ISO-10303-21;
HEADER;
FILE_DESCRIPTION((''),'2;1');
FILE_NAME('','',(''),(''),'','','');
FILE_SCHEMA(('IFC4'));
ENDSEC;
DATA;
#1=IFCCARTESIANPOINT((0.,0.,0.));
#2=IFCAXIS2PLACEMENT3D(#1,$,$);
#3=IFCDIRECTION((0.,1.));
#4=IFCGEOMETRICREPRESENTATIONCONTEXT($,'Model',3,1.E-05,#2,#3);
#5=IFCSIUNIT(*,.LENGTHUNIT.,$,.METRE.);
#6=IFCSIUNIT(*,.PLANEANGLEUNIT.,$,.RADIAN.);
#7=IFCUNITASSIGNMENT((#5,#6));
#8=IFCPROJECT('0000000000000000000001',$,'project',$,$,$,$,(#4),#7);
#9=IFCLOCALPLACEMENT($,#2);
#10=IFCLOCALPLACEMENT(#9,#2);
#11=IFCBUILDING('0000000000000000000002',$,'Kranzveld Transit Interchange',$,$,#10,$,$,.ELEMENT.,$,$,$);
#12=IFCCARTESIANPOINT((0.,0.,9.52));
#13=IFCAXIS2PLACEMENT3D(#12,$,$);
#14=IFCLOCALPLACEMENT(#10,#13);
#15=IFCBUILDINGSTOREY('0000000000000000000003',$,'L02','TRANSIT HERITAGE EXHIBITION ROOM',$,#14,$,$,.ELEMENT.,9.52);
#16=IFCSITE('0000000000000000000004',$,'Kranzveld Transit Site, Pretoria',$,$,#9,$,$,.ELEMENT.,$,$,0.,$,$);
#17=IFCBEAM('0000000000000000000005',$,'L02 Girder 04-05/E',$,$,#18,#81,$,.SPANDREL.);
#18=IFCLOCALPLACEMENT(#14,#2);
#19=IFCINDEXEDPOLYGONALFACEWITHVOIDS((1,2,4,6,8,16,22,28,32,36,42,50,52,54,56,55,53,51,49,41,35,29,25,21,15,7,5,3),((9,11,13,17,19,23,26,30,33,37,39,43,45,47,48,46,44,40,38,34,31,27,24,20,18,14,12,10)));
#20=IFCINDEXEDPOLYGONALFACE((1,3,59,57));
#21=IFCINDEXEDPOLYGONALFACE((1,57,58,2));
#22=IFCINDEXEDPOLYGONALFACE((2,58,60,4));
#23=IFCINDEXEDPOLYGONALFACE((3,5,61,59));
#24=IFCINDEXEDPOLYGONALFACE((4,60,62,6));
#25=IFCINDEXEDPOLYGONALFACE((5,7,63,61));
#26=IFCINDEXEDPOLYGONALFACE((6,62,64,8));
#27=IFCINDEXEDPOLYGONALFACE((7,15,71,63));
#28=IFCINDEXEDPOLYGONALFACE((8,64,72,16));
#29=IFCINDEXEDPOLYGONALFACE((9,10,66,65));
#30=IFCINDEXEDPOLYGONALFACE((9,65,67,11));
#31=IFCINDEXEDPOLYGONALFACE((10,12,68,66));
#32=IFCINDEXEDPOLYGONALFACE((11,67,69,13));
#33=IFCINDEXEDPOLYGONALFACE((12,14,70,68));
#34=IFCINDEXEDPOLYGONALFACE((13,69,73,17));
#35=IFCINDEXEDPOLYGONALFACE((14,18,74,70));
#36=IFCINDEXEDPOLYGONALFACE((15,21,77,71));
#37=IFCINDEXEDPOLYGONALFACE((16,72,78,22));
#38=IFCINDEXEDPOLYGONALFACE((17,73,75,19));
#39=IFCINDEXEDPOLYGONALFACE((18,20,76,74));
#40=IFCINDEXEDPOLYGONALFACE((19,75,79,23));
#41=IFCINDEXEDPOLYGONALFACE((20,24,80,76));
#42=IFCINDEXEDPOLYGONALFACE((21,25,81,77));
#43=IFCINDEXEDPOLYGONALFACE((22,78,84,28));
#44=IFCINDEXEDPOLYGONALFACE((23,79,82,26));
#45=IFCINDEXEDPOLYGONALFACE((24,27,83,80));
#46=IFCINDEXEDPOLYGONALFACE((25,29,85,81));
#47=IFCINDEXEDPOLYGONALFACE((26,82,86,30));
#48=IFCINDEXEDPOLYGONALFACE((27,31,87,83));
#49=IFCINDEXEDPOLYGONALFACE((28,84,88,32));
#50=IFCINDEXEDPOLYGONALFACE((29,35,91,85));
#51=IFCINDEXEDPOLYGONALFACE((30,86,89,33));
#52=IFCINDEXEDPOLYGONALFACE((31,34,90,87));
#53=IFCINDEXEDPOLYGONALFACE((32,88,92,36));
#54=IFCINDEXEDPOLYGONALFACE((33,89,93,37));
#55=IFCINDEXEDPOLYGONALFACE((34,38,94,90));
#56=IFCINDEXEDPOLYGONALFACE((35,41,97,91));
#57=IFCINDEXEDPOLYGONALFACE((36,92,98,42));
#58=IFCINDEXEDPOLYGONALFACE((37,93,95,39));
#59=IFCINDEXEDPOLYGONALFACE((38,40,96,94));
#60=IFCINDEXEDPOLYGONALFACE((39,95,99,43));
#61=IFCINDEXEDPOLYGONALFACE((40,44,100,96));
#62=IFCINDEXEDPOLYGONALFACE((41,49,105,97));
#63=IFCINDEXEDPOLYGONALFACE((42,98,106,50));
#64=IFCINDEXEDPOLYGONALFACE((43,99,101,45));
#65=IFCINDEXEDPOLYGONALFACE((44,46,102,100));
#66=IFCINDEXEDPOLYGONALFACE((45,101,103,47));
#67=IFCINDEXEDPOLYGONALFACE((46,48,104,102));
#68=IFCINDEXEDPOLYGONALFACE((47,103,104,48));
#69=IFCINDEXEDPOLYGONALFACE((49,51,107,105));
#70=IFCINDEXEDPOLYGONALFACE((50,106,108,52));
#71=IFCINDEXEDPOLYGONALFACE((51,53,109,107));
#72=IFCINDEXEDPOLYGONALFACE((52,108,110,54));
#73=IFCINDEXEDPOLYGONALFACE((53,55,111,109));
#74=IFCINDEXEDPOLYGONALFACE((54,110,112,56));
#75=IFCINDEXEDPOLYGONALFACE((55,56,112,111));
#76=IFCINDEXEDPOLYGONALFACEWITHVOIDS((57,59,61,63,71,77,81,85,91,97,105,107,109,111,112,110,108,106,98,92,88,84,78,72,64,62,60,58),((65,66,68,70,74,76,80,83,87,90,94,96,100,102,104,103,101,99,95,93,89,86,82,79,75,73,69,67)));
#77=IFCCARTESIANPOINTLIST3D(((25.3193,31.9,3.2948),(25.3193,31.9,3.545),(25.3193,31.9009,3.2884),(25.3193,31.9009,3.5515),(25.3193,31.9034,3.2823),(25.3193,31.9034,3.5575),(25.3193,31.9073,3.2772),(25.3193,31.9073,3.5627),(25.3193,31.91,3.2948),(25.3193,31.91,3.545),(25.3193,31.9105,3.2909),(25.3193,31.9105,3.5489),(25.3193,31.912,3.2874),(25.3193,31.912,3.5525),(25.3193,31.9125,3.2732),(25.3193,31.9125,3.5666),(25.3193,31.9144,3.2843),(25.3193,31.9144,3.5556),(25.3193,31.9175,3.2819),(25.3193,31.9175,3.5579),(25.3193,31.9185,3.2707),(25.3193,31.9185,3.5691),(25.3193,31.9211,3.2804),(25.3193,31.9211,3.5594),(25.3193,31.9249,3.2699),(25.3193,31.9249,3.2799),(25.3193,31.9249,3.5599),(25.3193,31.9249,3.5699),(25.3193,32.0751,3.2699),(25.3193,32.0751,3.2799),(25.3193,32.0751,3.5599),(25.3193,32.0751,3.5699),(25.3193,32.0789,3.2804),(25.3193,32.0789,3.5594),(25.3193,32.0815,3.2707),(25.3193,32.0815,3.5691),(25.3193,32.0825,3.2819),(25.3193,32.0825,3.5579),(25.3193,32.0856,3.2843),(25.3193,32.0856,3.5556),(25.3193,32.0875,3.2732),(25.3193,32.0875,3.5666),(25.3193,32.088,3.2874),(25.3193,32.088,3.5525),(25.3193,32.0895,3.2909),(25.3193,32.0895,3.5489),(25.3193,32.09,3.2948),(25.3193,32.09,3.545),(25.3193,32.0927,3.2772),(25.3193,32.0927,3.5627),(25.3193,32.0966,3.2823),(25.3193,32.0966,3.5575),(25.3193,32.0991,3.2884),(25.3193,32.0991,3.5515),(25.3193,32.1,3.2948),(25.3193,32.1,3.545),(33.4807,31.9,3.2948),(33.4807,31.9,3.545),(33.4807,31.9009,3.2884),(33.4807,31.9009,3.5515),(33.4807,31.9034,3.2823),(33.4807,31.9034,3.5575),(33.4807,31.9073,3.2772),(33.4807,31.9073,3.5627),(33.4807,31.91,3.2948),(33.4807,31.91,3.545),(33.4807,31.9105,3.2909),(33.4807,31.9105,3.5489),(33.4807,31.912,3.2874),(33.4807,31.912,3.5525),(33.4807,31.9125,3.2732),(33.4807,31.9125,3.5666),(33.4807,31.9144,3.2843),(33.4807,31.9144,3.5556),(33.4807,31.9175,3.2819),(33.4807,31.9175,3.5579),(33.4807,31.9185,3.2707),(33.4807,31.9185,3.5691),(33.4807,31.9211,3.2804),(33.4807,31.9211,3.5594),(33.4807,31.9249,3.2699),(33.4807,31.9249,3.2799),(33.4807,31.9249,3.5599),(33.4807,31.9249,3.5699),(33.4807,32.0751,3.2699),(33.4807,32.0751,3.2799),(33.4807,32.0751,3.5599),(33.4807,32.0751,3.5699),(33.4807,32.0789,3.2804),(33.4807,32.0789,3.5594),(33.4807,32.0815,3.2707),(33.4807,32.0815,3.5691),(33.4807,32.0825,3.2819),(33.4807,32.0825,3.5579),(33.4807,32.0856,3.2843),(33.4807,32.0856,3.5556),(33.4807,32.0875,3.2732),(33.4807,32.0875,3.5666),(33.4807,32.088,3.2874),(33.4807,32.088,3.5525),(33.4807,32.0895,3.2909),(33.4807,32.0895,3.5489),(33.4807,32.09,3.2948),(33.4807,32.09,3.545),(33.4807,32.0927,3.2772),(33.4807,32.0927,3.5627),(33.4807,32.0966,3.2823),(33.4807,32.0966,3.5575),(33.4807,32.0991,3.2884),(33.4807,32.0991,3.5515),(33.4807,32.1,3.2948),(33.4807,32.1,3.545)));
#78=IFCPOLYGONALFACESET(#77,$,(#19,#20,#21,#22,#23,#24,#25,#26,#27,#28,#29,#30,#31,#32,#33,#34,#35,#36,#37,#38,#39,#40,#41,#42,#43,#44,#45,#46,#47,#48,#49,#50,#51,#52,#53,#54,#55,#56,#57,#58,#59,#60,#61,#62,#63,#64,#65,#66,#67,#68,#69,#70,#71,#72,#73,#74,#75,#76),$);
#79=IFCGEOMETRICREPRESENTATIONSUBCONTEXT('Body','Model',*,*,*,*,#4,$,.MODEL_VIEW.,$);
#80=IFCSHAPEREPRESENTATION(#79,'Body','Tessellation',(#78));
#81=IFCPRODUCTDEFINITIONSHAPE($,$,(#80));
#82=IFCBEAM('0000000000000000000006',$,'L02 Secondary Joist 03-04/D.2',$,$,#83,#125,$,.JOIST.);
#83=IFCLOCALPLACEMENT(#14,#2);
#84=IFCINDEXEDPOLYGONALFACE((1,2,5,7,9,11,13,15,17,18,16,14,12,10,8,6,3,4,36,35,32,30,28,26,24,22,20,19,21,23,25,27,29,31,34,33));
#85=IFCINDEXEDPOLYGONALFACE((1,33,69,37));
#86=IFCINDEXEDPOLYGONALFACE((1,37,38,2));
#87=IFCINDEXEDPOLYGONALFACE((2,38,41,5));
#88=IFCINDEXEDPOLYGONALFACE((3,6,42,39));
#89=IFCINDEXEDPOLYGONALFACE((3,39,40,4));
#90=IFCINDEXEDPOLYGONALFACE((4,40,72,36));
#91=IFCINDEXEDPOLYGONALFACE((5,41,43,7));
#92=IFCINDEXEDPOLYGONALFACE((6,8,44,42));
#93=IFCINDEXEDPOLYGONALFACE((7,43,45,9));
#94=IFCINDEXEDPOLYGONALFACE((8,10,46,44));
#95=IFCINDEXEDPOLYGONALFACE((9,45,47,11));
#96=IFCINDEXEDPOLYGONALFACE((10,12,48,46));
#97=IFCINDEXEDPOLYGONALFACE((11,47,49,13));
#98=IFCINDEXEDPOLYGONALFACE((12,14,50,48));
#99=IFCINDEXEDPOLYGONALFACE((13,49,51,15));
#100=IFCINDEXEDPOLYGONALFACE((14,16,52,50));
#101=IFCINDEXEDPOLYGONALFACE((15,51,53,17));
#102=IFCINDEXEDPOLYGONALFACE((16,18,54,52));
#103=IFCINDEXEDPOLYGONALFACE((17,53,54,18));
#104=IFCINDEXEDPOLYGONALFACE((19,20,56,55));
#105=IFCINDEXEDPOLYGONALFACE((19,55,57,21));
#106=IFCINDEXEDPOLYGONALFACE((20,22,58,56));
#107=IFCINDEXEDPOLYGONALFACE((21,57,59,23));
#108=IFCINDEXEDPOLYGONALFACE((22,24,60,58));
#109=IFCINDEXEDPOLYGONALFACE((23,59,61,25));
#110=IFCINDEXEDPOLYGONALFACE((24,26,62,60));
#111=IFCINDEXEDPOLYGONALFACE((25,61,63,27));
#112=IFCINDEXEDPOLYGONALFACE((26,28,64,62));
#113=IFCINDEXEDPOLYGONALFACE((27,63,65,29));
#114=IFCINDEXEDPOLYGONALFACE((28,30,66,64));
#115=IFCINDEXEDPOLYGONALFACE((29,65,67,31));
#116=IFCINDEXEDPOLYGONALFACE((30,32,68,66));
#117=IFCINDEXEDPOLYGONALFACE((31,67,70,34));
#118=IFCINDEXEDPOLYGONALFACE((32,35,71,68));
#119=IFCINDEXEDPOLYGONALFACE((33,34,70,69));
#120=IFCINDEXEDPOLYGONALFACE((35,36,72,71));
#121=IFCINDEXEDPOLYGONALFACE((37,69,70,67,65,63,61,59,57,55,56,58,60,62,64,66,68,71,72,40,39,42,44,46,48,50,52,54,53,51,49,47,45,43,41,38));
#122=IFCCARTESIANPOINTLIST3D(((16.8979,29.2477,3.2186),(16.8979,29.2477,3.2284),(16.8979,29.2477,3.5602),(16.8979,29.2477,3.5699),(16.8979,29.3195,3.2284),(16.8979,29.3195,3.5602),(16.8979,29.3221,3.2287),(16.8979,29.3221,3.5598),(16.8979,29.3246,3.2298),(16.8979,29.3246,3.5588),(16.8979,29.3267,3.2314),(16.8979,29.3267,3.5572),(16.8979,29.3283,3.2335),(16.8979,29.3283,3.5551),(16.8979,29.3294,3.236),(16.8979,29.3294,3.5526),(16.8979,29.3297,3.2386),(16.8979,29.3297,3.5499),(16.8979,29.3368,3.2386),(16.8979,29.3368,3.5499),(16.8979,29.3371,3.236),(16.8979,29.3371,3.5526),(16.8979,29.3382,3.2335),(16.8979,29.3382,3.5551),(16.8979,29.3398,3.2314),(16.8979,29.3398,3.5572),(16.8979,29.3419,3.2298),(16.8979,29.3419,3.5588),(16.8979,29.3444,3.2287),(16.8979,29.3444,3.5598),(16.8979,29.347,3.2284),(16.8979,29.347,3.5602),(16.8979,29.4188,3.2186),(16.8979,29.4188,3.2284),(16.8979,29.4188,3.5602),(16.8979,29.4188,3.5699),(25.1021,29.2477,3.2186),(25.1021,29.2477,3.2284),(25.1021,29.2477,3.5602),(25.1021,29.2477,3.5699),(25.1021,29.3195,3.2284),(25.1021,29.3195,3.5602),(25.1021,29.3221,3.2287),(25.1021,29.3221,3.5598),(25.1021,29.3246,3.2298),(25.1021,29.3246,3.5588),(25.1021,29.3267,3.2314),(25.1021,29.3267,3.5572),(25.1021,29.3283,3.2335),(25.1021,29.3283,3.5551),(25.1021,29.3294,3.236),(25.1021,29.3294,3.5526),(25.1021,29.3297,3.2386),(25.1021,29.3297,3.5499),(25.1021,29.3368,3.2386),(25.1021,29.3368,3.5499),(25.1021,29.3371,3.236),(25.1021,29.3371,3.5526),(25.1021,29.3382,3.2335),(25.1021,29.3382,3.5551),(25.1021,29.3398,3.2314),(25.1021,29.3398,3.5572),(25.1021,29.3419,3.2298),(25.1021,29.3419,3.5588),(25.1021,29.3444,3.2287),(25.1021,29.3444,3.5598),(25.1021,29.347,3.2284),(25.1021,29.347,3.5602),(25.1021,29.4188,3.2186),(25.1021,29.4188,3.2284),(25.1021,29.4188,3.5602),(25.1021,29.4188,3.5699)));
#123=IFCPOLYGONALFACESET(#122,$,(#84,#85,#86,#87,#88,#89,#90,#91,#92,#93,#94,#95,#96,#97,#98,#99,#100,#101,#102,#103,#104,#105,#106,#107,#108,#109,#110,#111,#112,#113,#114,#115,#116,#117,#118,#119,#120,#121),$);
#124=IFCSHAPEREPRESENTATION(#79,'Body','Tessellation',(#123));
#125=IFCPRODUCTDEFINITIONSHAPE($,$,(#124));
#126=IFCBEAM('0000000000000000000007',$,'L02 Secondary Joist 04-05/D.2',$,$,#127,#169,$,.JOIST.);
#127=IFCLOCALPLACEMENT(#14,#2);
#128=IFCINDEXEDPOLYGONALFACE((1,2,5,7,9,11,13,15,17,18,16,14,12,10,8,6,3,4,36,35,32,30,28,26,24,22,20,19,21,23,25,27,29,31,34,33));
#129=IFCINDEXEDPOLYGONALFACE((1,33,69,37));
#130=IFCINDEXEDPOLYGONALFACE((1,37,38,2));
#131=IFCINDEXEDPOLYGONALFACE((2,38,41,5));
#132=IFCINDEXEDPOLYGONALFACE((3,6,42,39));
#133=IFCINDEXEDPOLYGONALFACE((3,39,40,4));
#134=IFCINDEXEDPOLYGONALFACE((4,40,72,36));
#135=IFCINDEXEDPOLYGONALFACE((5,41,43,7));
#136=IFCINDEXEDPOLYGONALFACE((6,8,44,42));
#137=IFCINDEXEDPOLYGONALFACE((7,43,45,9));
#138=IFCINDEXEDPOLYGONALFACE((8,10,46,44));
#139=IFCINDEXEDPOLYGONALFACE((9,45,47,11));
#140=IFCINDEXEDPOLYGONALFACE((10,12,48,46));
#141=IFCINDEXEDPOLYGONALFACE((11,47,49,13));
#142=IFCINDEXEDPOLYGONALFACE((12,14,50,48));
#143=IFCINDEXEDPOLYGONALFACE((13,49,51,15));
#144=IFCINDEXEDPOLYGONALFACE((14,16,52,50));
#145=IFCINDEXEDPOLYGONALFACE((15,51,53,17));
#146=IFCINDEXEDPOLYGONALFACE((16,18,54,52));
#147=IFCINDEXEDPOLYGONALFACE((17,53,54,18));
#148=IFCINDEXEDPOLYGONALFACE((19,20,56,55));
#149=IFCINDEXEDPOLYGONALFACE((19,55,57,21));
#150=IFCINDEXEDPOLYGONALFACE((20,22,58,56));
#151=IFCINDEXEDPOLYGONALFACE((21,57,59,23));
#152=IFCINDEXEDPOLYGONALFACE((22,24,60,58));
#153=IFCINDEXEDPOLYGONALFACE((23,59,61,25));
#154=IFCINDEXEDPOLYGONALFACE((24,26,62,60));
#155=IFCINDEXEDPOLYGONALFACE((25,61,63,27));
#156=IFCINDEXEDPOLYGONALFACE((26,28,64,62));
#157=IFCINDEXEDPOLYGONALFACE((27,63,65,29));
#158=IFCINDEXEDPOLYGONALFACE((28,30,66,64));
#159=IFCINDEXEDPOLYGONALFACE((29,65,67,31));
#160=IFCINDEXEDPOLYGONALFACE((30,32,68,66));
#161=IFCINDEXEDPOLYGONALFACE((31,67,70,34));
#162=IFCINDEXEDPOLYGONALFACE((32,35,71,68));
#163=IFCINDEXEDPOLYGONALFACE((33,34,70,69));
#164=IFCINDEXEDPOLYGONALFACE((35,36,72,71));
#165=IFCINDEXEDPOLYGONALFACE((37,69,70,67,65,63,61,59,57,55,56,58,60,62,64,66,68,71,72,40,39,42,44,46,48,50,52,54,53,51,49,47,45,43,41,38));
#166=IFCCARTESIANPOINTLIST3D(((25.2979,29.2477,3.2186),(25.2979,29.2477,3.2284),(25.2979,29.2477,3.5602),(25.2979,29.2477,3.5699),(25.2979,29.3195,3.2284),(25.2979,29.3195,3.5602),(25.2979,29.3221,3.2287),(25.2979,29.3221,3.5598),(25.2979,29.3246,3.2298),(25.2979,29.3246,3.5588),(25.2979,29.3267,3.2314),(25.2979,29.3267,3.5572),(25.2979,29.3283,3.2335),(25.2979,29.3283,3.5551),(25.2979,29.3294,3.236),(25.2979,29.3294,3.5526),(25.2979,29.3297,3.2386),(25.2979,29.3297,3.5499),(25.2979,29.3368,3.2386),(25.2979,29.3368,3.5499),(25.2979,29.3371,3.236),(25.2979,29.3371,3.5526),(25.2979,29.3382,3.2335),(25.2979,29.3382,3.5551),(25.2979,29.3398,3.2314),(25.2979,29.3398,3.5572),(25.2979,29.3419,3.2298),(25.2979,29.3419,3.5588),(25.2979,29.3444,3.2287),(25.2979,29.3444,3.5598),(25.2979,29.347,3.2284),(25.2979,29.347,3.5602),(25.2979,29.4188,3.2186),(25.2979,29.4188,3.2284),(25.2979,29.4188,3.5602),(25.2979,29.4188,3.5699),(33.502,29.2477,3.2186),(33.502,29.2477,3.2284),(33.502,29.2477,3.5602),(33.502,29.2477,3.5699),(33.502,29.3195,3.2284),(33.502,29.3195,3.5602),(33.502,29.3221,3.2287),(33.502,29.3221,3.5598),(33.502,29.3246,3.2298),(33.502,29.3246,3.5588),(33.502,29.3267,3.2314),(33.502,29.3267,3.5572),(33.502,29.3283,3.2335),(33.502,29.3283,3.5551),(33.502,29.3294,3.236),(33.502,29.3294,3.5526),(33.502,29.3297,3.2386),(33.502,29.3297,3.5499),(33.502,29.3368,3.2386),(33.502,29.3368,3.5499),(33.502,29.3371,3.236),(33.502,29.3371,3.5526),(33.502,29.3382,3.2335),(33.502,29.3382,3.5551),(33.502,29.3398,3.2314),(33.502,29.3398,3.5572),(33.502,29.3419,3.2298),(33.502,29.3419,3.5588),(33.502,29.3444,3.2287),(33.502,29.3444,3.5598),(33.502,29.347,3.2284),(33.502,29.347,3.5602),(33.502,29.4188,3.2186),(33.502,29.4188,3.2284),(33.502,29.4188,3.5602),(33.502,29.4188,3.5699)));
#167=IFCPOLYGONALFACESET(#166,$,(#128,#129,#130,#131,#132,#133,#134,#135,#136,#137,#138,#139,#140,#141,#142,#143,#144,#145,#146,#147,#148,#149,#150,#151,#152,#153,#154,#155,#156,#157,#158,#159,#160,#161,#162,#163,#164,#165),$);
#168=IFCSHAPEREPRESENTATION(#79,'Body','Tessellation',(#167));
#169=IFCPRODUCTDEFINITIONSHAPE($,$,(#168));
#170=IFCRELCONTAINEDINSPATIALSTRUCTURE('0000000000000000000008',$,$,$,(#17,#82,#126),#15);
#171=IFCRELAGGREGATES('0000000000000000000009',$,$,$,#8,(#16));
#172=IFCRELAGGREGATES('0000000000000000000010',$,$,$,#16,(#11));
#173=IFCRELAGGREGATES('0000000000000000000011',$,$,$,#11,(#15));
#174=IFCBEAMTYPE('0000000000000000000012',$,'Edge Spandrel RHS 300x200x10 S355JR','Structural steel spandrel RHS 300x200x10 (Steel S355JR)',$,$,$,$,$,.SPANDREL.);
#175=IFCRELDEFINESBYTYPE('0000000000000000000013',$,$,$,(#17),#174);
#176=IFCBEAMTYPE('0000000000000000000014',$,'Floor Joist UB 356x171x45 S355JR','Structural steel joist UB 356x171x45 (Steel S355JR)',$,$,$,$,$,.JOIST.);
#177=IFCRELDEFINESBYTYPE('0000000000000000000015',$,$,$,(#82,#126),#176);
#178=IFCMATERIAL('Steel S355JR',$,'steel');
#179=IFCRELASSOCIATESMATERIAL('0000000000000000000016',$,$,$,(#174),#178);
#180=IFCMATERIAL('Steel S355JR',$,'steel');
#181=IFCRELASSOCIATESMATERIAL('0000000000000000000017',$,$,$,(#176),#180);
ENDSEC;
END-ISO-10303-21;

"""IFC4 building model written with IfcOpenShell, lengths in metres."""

from ifc_helpers import new_model, si_unit, direction, frame, origin, origin_2d, place, context, subcontext, project, spatial, hollow_rectangle, i_section, extrude, material, material_profile, profile_set, type_object, element, save


model = new_model("IFC4")

# Units and contexts
model_context = context("Model", 3, precision=1e-05, world=origin(), true_north=direction((0.0, 1.0)))
body_context = subcontext(model_context, "Body", "Model", "MODEL_VIEW")
ifc_project = project(units=[si_unit("LENGTHUNIT", "METRE"), si_unit("PLANEANGLEUNIT", "RADIAN")], contexts=[model_context])

# Site, building, storey
site_placement = place(None, origin())
site = spatial("IfcSite", under=ifc_project, at=site_placement, Name="Kranzveld Transit Site, Pretoria", CompositionType="ELEMENT", RefElevation=0.0)
building_placement = place(site_placement, origin())
building = spatial("IfcBuilding", under=site, at=building_placement, Name="Kranzveld Transit Interchange", CompositionType="ELEMENT")
storey_placement = place(building_placement, frame((0.0, 0.0, 9.52)))
storey = spatial("IfcBuildingStorey", under=building, at=storey_placement, Name="L02", Description="TRANSIT HERITAGE EXHIBITION ROOM", CompositionType="ELEMENT", Elevation=9.52)

# Beams
ifc_material_1 = material(Name="Steel S355JR", Category="steel")
ifc_material_profile_1 = material_profile(ifc_material_1, hollow_rectangle(XDim=0.2, YDim=0.3, WallThickness=0.01, InnerFilletRadius=0.0149, OuterFilletRadius=0.0249, at=origin_2d()), Name="RHS 300x200x10")
ifc_profile_set_1 = profile_set([ifc_material_profile_1], Name="Steel S355JR")
beam_type_1 = type_object("IfcBeamType", Name="Edge Spandrel RHS 300x200x10 S355JR", Description="Structural steel spandrel RHS 300x200x10 (Steel S355JR)", PredefinedType="SPANDREL", material=ifc_profile_set_1)
beam_1_placement = place(storey_placement, frame((25.3193, 32.0, 3.4199), z_axis=(1.0, 0.0, 0.0), x_axis=(0.0, 1.0, 0.0)))
element("IfcBeam", 1, at=beam_1_placement, inside=storey, type_object=beam_type_1, Name="L02 Girder 04-05/E", PredefinedType="SPANDREL", context=body_context, shape_type="SweptSolid", body=[
    extrude(hollow_rectangle(XDim=0.2, YDim=0.3, WallThickness=0.01, InnerFilletRadius=0.0149, OuterFilletRadius=0.0249, at=origin_2d()), origin(), (0.0, 0.0, 1.0), 8.1614),
])
ifc_material_2 = material(Name="Steel S355JR", Category="steel")
ifc_material_profile_2 = material_profile(ifc_material_2, i_section(OverallWidth=0.1711, OverallDepth=0.3513, WebThickness=0.0071, FlangeThickness=0.0098, FilletRadius=0.0103, at=origin_2d()), Name="UB 356x171x45")
ifc_profile_set_2 = profile_set([ifc_material_profile_2], Name="Steel S355JR")
beam_type_2 = type_object("IfcBeamType", Name="Floor Joist UB 356x171x45 S355JR", Description="Structural steel joist UB 356x171x45 (Steel S355JR)", PredefinedType="JOIST", material=ifc_profile_set_2)
for number, where, z_axis, x_axis, name in (
    (2, (16.8979, 29.3333, 3.3943), (1.0, 0.0, 0.0), (0.0, 1.0, 0.0), "L02 Secondary Joist 03-04/D.2"),
    (3, (25.2979, 29.3333, 3.3943), (1.0, 0.0, 0.0), (0.0, 1.0, 0.0), "L02 Secondary Joist 04-05/D.2"),
):
    element("IfcBeam", number, at=place(storey_placement, frame(where, z_axis=z_axis, x_axis=x_axis)), inside=storey, type_object=beam_type_2, Name=name, PredefinedType="JOIST", context=body_context, shape_type="SweptSolid", body=[
        extrude(i_section(OverallWidth=0.1711, OverallDepth=0.3513, WebThickness=0.0071, FlangeThickness=0.0098, FilletRadius=0.0103, at=origin_2d()), origin(), (0.0, 0.0, 1.0), 8.2041),
    ])

save(model, "model.ifc")
